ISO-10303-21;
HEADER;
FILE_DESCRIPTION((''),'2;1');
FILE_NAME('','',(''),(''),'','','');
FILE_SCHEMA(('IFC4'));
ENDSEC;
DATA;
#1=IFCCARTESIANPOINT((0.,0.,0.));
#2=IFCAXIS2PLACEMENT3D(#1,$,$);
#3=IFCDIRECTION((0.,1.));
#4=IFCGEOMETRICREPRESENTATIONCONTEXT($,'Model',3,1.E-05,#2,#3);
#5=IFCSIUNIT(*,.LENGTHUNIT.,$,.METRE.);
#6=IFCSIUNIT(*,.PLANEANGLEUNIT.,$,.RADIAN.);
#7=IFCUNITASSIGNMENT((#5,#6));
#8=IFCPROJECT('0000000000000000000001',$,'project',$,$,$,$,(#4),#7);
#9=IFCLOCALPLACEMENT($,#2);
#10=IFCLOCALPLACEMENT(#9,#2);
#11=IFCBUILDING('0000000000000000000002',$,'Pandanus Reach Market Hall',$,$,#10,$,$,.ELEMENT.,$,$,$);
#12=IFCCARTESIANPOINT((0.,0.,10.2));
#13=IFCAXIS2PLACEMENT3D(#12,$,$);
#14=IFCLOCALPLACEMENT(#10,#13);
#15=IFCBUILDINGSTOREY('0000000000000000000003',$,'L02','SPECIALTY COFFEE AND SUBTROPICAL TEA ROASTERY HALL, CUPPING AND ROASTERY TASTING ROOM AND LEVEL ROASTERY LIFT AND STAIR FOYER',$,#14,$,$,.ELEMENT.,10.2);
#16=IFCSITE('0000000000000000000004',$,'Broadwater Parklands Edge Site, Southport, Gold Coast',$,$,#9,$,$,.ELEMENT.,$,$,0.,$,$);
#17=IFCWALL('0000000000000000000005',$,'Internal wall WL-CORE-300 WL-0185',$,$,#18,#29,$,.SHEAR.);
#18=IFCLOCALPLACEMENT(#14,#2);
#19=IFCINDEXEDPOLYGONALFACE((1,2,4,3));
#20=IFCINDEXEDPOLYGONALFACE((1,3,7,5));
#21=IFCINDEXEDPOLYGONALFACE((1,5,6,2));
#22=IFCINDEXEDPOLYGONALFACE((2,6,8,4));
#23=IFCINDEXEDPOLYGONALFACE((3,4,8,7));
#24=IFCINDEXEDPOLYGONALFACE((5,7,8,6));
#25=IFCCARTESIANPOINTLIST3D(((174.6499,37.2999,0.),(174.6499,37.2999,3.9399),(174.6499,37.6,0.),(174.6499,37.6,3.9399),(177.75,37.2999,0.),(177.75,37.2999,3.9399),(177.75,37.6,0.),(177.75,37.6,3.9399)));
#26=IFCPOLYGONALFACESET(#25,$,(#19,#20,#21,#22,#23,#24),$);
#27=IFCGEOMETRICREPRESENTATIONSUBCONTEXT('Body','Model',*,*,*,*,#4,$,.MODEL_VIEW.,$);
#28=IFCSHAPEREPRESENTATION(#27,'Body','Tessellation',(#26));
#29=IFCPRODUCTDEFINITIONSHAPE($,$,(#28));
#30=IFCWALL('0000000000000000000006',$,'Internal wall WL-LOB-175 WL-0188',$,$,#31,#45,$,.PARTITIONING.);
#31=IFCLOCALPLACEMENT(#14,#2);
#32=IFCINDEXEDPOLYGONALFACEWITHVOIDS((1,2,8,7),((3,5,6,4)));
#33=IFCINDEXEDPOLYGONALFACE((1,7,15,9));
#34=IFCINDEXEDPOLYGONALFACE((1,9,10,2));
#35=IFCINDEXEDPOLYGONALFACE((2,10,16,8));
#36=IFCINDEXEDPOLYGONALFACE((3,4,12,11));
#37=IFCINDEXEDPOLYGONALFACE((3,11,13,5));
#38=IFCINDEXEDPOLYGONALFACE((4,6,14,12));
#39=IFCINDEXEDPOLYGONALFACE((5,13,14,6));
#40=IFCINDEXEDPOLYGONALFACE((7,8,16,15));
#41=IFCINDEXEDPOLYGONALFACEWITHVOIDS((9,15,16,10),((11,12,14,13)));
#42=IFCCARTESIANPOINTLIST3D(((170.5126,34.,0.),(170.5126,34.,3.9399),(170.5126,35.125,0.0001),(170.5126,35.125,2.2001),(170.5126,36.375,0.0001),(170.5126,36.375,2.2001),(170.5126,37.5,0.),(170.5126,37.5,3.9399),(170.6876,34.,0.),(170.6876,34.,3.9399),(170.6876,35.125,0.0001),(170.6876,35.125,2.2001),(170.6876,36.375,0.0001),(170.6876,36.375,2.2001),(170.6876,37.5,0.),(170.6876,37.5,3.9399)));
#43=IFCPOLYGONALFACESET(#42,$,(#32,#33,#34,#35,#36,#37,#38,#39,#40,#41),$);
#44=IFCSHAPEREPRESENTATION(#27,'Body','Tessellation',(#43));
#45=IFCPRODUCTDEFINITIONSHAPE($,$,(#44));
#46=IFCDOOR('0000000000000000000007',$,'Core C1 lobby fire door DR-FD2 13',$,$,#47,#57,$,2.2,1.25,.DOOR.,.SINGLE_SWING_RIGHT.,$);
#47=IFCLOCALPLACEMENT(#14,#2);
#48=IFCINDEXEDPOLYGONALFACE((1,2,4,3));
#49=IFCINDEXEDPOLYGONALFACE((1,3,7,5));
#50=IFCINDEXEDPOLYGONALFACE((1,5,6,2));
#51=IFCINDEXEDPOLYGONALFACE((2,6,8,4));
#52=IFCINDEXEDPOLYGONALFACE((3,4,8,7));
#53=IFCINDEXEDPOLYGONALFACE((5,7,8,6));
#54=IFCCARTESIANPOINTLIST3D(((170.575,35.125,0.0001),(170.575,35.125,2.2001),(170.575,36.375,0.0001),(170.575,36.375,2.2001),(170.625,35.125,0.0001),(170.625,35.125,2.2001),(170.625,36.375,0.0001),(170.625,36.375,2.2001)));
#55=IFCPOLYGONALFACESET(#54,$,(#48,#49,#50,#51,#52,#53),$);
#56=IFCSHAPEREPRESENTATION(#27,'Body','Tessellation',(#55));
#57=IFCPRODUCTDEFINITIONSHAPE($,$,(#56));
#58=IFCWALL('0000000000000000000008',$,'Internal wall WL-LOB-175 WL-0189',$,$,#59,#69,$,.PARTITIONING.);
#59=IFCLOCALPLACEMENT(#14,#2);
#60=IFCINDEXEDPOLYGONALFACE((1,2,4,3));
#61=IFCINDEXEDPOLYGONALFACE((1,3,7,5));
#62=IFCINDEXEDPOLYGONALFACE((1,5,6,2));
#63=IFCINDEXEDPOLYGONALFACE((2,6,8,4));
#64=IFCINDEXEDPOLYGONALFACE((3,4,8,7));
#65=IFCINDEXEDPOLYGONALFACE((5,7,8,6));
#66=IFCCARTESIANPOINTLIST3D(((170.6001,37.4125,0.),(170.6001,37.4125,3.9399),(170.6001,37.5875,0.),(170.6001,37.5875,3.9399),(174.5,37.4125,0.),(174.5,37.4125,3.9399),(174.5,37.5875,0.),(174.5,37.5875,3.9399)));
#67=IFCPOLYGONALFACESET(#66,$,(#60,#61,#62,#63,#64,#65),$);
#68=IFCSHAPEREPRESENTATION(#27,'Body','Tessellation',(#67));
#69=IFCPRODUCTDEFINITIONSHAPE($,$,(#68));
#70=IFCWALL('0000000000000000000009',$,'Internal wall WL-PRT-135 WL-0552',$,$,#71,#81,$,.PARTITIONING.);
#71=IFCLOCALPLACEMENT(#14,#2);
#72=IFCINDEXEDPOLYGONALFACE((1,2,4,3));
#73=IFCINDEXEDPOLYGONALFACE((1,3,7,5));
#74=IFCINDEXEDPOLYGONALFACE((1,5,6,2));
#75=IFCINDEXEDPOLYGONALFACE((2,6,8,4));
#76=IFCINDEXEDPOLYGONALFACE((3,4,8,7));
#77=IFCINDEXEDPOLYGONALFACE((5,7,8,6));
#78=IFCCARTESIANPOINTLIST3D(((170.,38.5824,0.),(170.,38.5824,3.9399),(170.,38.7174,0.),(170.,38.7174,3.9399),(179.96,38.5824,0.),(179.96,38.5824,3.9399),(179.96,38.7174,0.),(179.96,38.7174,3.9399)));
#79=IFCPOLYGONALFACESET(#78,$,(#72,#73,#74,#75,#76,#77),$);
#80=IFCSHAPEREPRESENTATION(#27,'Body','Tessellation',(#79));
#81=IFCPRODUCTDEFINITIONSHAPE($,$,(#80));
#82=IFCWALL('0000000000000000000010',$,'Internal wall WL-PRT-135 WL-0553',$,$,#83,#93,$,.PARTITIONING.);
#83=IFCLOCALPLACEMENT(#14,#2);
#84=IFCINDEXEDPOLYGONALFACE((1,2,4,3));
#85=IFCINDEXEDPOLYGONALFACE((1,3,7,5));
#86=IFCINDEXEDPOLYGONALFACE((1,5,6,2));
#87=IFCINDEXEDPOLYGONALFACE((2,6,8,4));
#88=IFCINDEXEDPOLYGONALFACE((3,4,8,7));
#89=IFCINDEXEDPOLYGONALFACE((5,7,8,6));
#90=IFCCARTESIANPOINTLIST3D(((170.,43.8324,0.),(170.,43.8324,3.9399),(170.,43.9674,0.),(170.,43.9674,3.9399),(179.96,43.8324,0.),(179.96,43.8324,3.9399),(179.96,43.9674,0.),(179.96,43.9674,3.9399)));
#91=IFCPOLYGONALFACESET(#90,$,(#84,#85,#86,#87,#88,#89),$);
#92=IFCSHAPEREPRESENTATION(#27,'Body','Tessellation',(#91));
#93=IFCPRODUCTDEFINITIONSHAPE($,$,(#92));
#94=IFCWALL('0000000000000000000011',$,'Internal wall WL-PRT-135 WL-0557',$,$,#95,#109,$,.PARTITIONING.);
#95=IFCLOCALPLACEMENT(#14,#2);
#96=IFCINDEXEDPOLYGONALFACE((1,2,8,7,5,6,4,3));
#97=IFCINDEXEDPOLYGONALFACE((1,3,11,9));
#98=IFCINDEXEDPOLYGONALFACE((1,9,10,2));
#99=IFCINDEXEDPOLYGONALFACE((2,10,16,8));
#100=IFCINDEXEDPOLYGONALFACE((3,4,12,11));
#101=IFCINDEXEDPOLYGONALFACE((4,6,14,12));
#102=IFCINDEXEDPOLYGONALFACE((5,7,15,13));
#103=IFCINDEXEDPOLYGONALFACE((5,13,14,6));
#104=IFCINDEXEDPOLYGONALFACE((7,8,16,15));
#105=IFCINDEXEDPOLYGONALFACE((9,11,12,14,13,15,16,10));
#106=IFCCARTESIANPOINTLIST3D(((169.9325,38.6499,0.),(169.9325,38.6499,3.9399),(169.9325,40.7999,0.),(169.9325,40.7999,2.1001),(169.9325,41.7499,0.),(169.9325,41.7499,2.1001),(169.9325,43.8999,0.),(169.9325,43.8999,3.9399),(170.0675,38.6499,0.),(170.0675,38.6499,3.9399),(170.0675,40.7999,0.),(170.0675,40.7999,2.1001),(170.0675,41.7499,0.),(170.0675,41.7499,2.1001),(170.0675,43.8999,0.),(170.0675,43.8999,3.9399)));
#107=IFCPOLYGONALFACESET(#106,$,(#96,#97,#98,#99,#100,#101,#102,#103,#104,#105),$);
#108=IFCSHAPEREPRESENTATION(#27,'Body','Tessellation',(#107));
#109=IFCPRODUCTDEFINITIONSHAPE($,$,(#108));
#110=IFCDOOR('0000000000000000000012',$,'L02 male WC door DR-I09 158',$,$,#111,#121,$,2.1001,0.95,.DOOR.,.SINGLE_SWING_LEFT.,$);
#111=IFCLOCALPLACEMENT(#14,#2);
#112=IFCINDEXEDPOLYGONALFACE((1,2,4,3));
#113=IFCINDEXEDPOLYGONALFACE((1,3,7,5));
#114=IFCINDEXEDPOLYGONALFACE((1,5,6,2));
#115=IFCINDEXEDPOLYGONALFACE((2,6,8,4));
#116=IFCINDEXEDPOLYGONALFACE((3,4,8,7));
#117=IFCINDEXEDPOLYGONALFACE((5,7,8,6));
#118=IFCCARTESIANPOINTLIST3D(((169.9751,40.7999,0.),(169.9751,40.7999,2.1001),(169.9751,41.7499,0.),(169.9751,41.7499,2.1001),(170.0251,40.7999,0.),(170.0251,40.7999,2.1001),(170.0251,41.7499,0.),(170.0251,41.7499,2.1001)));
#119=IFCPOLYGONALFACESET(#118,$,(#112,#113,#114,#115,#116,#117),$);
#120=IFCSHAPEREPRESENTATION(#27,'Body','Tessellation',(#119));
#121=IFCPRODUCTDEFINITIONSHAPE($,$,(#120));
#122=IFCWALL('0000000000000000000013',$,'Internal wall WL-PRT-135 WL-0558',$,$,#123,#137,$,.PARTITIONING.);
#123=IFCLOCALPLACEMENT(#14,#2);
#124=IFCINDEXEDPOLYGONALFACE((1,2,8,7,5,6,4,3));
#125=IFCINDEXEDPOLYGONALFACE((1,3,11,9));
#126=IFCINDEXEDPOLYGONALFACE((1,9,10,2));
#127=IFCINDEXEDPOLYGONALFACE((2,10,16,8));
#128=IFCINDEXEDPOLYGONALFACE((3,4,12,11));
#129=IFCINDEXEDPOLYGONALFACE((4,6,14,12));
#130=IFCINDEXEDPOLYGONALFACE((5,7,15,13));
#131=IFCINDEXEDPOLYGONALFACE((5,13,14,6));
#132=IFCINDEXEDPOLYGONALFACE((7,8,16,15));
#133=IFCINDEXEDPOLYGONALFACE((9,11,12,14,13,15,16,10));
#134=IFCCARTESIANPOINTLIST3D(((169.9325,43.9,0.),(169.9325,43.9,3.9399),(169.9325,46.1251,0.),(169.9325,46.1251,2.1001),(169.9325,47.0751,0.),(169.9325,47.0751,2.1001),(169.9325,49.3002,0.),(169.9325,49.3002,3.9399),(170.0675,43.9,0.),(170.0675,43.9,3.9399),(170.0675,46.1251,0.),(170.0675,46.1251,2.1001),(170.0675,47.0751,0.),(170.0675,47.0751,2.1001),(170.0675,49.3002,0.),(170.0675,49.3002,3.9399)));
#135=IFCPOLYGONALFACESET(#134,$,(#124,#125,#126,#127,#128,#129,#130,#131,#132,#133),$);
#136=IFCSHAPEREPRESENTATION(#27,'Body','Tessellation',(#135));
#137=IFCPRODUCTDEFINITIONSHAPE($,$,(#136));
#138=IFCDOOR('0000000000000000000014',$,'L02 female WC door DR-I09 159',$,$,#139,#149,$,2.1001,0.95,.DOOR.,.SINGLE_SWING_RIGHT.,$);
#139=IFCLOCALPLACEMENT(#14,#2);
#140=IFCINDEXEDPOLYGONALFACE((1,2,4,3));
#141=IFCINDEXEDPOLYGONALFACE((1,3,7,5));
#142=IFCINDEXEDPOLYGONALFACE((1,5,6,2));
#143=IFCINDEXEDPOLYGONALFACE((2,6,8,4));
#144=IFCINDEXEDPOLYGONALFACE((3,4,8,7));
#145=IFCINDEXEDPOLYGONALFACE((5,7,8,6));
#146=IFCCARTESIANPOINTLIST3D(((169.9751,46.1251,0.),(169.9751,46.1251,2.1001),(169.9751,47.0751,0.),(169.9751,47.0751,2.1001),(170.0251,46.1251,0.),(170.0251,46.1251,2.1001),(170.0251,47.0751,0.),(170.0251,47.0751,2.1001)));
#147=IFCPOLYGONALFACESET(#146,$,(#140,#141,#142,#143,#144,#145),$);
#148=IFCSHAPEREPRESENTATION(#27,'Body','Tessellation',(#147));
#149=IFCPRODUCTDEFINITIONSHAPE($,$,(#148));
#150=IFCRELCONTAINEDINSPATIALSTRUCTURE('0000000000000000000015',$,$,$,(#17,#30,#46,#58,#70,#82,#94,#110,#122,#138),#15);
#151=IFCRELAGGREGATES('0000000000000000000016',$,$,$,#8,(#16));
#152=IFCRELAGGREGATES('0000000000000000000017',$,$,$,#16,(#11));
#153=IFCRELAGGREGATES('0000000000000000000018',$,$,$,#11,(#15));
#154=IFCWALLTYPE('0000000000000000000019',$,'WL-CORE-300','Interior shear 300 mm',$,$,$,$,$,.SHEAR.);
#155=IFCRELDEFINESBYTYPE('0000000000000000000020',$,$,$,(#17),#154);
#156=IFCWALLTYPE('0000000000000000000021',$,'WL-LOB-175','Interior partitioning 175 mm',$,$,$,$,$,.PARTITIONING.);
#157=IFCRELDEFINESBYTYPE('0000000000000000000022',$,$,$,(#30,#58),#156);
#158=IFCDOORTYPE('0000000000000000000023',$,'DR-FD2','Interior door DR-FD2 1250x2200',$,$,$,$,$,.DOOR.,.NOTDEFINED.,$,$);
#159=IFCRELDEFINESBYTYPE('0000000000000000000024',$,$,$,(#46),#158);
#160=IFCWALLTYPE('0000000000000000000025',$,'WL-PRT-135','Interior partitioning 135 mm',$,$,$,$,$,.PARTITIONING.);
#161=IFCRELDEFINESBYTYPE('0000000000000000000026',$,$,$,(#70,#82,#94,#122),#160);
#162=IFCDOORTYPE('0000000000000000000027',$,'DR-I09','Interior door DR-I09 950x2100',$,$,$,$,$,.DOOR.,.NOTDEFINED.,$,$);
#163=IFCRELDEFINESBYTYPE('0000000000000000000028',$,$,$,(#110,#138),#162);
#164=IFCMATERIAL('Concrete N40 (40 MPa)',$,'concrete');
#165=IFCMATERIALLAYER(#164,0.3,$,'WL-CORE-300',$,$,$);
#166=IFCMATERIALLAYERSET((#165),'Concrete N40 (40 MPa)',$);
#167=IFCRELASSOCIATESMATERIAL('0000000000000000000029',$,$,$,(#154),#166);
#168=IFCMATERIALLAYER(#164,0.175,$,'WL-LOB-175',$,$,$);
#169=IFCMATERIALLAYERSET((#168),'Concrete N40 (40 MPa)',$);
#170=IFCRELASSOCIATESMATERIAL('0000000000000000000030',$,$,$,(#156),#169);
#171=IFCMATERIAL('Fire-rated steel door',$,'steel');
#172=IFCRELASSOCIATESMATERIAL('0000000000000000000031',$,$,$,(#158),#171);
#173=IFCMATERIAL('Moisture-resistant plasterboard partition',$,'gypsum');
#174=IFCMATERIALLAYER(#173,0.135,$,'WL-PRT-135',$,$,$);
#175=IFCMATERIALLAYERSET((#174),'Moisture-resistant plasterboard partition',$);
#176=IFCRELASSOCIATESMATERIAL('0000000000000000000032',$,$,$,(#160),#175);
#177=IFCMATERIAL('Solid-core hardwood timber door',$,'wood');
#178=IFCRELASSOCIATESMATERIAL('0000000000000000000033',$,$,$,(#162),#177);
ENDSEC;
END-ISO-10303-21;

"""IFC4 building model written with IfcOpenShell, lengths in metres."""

from ifc_helpers import new_model, si_unit, direction, frame, frame_2d, origin, place, context, subcontext, project, spatial, rectangle, extrude, material, layer, layer_set, type_object, element, fill, save


model = new_model("IFC4")

# Units and contexts
model_context = context("Model", 3, precision=1e-05, world=origin(), true_north=direction((0.0, 1.0)))
body_context = subcontext(model_context, "Body", "Model", "MODEL_VIEW")
ifc_project = project(units=[si_unit("LENGTHUNIT", "METRE"), si_unit("PLANEANGLEUNIT", "RADIAN")], contexts=[model_context])

# Site, building, storey
site_placement = place(None, origin())
site = spatial("IfcSite", under=ifc_project, at=site_placement, Name="Broadwater Parklands Edge Site, Southport, Gold Coast", CompositionType="ELEMENT", RefElevation=0.0)
building_placement = place(site_placement, origin())
building = spatial("IfcBuilding", under=site, at=building_placement, Name="Pandanus Reach Market Hall", CompositionType="ELEMENT")
storey_placement = place(building_placement, frame((0.0, 0.0, 10.2)))
storey = spatial("IfcBuildingStorey", under=building, at=storey_placement, Name="L02", Description="SPECIALTY COFFEE AND SUBTROPICAL TEA ROASTERY HALL, CUPPING AND ROASTERY TASTING ROOM AND LEVEL ROASTERY LIFT AND STAIR FOYER", CompositionType="ELEMENT", Elevation=10.2)

# Shared definitions
ifc_material_1 = material(Name="Concrete N40 (40 MPa)", Category="concrete")
ifc_layer_1 = layer(ifc_material_1, 0.3, Name="WL-CORE-300")
ifc_layer_set_1 = layer_set([ifc_layer_1], Name="Concrete N40 (40 MPa)")
wall_type_1 = type_object("IfcWallType", Name="WL-CORE-300", Description="Interior shear 300 mm", PredefinedType="SHEAR", material=ifc_layer_set_1)

# Shared definitions
ifc_material_2 = material(Name="Fire-rated steel door", Category="steel")

# Wall
for number, where, z_axis, x_axis, name in (
    (1, (174.6499, 37.45, 0.0), (0.0, 0.0, 1.0), (1.0, 0.0, 0.0), "Internal wall WL-CORE-300 WL-0185"),
):
    element("IfcWall", number, at=place(storey_placement, frame(where, z_axis=z_axis, x_axis=x_axis)), inside=storey, type_object=wall_type_1, Name=name, PredefinedType="SHEAR", context=body_context, shape_type="SweptSolid", body=[
        extrude(rectangle(XDim=3.1001, YDim=0.3, at=frame_2d((1.55, 0.0))), origin(), (0.0, 0.0, 1.0), 3.9399),
    ])

# Wall, opening, door
ifc_layer_2 = layer(ifc_material_1, 0.175, Name="WL-LOB-175")
ifc_layer_set_2 = layer_set([ifc_layer_2], Name="Concrete N40 (40 MPa)")
wall_type_2 = type_object("IfcWallType", Name="WL-LOB-175", Description="Interior partitioning 175 mm", PredefinedType="PARTITIONING", material=ifc_layer_set_2)
wall_1_placement = place(storey_placement, frame((170.6001, 34.0, 0.0), z_axis=(0.0, 0.0, 1.0), x_axis=(0.0, 1.0, 0.0)))
wall_1 = element("IfcWall", 2, at=wall_1_placement, inside=storey, type_object=wall_type_2, Name="Internal wall WL-LOB-175 WL-0188", PredefinedType="PARTITIONING", context=body_context, shape_type="SweptSolid", body=[
    extrude(rectangle(XDim=3.5, YDim=0.175, at=frame_2d((1.75, 0.0))), origin(), (0.0, 0.0, 1.0), 3.9399),
])
opening_1_placement = place(wall_1_placement, frame((1.125, 0.0, 0.0)))
opening_1 = element("IfcOpeningElement", 3, at=opening_1_placement, cuts=wall_1, PredefinedType="OPENING", context=body_context, shape_type="SweptSolid", body=[
    extrude(rectangle(XDim=1.25, YDim=2.2, at=frame_2d((0.625, 1.1001))), frame((0.0, 0.1025, 0.0), z_axis=(0.0, -1.0, 0.0), x_axis=(1.0, 0.0, 0.0)), (0.0, 0.0, 1.0), 0.2051),
])
door_type_1 = type_object("IfcDoorType", Name="DR-FD2", Description="Interior door DR-FD2 1250x2200", OperationType="NOTDEFINED", PredefinedType="DOOR", material=ifc_material_2)
door_1_placement = place(opening_1_placement, frame((1.25, 0.0, 0.0), z_axis=(0.0, 0.0, 1.0), x_axis=(-1.0, 0.0, 0.0)))
door_1 = element("IfcDoor", 4, at=door_1_placement, inside=storey, type_object=door_type_1, Name="Core C1 lobby fire door DR-FD2 13", OperationType="SINGLE_SWING_RIGHT", OverallHeight=2.2, OverallWidth=1.25, PredefinedType="DOOR", context=body_context, shape_type="SweptSolid", body=[
    extrude(rectangle(XDim=1.25, YDim=2.2, at=frame_2d((0.625, 1.1001))), frame((0.0, 0.0249, 0.0), z_axis=(0.0, -1.0, 0.0), x_axis=(1.0, 0.0, 0.0)), (0.0, 0.0, 1.0), 0.05),
])
fill(opening_1, door_1)

# Walls
wall_2_placement = place(storey_placement, frame((170.6001, 37.5, 0.0), z_axis=(0.0, 0.0, 1.0), x_axis=(1.0, 0.0, 0.0)))
element("IfcWall", 5, at=wall_2_placement, inside=storey, type_object=wall_type_2, Name="Internal wall WL-LOB-175 WL-0189", PredefinedType="PARTITIONING", context=body_context, shape_type="SweptSolid", body=[
    extrude(rectangle(XDim=3.8999, YDim=0.175, at=frame_2d((1.95, 0.0))), origin(), (0.0, 0.0, 1.0), 3.9399),
])
ifc_material_3 = material(Name="Moisture-resistant plasterboard partition", Category="gypsum")
ifc_layer_3 = layer(ifc_material_3, 0.135, Name="WL-PRT-135")
ifc_layer_set_3 = layer_set([ifc_layer_3], Name="Moisture-resistant plasterboard partition")
wall_type_3 = type_object("IfcWallType", Name="WL-PRT-135", Description="Interior partitioning 135 mm", PredefinedType="PARTITIONING", material=ifc_layer_set_3)
for number, where, z_axis, x_axis, name in (
    (6, (170.0, 38.6499, 0.0), (0.0, 0.0, 1.0), (1.0, 0.0, 0.0), "Internal wall WL-PRT-135 WL-0552"),
    (7, (170.0, 43.8999, 0.0), (0.0, 0.0, 1.0), (1.0, 0.0, 0.0), "Internal wall WL-PRT-135 WL-0553"),
):
    element("IfcWall", number, at=place(storey_placement, frame(where, z_axis=z_axis, x_axis=x_axis)), inside=storey, type_object=wall_type_3, Name=name, PredefinedType="PARTITIONING", context=body_context, shape_type="SweptSolid", body=[
        extrude(rectangle(XDim=9.96, YDim=0.135, at=frame_2d((4.98, 0.0))), origin(), (0.0, 0.0, 1.0), 3.9399),
    ])

# Walls, openings, doors
wall_3_placement = place(storey_placement, frame((170.0, 38.6499, 0.0), z_axis=(0.0, 0.0, 1.0), x_axis=(0.0, 1.0, 0.0)))
wall_3 = element("IfcWall", 8, at=wall_3_placement, inside=storey, type_object=wall_type_3, Name="Internal wall WL-PRT-135 WL-0557", PredefinedType="PARTITIONING", context=body_context, shape_type="SweptSolid", body=[
    extrude(rectangle(XDim=5.25, YDim=0.135, at=frame_2d((2.625, 0.0))), origin(), (0.0, 0.0, 1.0), 3.9399),
])
opening_2_placement = place(wall_3_placement, frame((2.1499, 0.0, 0.0)))
opening_2 = element("IfcOpeningElement", 9, at=opening_2_placement, cuts=wall_3, PredefinedType="OPENING", context=body_context, shape_type="SweptSolid", body=[
    extrude(rectangle(XDim=0.95, YDim=2.1001, at=frame_2d((0.4751, 1.05))), frame((0.0, 0.0825, 0.0), z_axis=(0.0, -1.0, 0.0), x_axis=(1.0, 0.0, 0.0)), (0.0, 0.0, 1.0), 0.165),
])
ifc_material_4 = material(Name="Solid-core hardwood timber door", Category="wood")
door_type_2 = type_object("IfcDoorType", Name="DR-I09", Description="Interior door DR-I09 950x2100", OperationType="NOTDEFINED", PredefinedType="DOOR", material=ifc_material_4)
door_2_placement = place(opening_2_placement, origin())
door_2 = element("IfcDoor", 10, at=door_2_placement, inside=storey, type_object=door_type_2, Name="L02 male WC door DR-I09 158", OperationType="SINGLE_SWING_LEFT", OverallHeight=2.1001, OverallWidth=0.95, PredefinedType="DOOR", context=body_context, shape_type="SweptSolid", body=[
    extrude(rectangle(XDim=0.95, YDim=2.1001, at=frame_2d((0.4751, 1.05))), frame((0.0, 0.0249, 0.0), z_axis=(0.0, -1.0, 0.0), x_axis=(1.0, 0.0, 0.0)), (0.0, 0.0, 1.0), 0.05),
])
fill(opening_2, door_2)
wall_4_placement = place(storey_placement, frame((170.0, 43.8999, 0.0), z_axis=(0.0, 0.0, 1.0), x_axis=(0.0, 1.0, 0.0)))
wall_4 = element("IfcWall", 11, at=wall_4_placement, inside=storey, type_object=wall_type_3, Name="Internal wall WL-PRT-135 WL-0558", PredefinedType="PARTITIONING", context=body_context, shape_type="SweptSolid", body=[
    extrude(rectangle(XDim=5.4001, YDim=0.135, at=frame_2d((2.7002, 0.0))), origin(), (0.0, 0.0, 1.0), 3.9399),
])
opening_3_placement = place(wall_4_placement, frame((2.2251, 0.0, 0.0)))
opening_3 = element("IfcOpeningElement", 12, at=opening_3_placement, cuts=wall_4, PredefinedType="OPENING", context=body_context, shape_type="SweptSolid", body=[
    extrude(rectangle(XDim=0.95, YDim=2.1001, at=frame_2d((0.4751, 1.05))), frame((0.0, 0.0825, 0.0), z_axis=(0.0, -1.0, 0.0), x_axis=(1.0, 0.0, 0.0)), (0.0, 0.0, 1.0), 0.165),
])
door_3_placement = place(opening_3_placement, origin())
door_3 = element("IfcDoor", 13, at=door_3_placement, inside=storey, type_object=door_type_2, Name="L02 female WC door DR-I09 159", OperationType="SINGLE_SWING_RIGHT", OverallHeight=2.1001, OverallWidth=0.95, PredefinedType="DOOR", context=body_context, shape_type="SweptSolid", body=[
    extrude(rectangle(XDim=0.95, YDim=2.1001, at=frame_2d((0.4751, 1.05))), frame((0.0, 0.0249, 0.0), z_axis=(0.0, -1.0, 0.0), x_axis=(1.0, 0.0, 0.0)), (0.0, 0.0, 1.0), 0.05),
])
fill(opening_3, door_3)

save(model, "model.ifc")
